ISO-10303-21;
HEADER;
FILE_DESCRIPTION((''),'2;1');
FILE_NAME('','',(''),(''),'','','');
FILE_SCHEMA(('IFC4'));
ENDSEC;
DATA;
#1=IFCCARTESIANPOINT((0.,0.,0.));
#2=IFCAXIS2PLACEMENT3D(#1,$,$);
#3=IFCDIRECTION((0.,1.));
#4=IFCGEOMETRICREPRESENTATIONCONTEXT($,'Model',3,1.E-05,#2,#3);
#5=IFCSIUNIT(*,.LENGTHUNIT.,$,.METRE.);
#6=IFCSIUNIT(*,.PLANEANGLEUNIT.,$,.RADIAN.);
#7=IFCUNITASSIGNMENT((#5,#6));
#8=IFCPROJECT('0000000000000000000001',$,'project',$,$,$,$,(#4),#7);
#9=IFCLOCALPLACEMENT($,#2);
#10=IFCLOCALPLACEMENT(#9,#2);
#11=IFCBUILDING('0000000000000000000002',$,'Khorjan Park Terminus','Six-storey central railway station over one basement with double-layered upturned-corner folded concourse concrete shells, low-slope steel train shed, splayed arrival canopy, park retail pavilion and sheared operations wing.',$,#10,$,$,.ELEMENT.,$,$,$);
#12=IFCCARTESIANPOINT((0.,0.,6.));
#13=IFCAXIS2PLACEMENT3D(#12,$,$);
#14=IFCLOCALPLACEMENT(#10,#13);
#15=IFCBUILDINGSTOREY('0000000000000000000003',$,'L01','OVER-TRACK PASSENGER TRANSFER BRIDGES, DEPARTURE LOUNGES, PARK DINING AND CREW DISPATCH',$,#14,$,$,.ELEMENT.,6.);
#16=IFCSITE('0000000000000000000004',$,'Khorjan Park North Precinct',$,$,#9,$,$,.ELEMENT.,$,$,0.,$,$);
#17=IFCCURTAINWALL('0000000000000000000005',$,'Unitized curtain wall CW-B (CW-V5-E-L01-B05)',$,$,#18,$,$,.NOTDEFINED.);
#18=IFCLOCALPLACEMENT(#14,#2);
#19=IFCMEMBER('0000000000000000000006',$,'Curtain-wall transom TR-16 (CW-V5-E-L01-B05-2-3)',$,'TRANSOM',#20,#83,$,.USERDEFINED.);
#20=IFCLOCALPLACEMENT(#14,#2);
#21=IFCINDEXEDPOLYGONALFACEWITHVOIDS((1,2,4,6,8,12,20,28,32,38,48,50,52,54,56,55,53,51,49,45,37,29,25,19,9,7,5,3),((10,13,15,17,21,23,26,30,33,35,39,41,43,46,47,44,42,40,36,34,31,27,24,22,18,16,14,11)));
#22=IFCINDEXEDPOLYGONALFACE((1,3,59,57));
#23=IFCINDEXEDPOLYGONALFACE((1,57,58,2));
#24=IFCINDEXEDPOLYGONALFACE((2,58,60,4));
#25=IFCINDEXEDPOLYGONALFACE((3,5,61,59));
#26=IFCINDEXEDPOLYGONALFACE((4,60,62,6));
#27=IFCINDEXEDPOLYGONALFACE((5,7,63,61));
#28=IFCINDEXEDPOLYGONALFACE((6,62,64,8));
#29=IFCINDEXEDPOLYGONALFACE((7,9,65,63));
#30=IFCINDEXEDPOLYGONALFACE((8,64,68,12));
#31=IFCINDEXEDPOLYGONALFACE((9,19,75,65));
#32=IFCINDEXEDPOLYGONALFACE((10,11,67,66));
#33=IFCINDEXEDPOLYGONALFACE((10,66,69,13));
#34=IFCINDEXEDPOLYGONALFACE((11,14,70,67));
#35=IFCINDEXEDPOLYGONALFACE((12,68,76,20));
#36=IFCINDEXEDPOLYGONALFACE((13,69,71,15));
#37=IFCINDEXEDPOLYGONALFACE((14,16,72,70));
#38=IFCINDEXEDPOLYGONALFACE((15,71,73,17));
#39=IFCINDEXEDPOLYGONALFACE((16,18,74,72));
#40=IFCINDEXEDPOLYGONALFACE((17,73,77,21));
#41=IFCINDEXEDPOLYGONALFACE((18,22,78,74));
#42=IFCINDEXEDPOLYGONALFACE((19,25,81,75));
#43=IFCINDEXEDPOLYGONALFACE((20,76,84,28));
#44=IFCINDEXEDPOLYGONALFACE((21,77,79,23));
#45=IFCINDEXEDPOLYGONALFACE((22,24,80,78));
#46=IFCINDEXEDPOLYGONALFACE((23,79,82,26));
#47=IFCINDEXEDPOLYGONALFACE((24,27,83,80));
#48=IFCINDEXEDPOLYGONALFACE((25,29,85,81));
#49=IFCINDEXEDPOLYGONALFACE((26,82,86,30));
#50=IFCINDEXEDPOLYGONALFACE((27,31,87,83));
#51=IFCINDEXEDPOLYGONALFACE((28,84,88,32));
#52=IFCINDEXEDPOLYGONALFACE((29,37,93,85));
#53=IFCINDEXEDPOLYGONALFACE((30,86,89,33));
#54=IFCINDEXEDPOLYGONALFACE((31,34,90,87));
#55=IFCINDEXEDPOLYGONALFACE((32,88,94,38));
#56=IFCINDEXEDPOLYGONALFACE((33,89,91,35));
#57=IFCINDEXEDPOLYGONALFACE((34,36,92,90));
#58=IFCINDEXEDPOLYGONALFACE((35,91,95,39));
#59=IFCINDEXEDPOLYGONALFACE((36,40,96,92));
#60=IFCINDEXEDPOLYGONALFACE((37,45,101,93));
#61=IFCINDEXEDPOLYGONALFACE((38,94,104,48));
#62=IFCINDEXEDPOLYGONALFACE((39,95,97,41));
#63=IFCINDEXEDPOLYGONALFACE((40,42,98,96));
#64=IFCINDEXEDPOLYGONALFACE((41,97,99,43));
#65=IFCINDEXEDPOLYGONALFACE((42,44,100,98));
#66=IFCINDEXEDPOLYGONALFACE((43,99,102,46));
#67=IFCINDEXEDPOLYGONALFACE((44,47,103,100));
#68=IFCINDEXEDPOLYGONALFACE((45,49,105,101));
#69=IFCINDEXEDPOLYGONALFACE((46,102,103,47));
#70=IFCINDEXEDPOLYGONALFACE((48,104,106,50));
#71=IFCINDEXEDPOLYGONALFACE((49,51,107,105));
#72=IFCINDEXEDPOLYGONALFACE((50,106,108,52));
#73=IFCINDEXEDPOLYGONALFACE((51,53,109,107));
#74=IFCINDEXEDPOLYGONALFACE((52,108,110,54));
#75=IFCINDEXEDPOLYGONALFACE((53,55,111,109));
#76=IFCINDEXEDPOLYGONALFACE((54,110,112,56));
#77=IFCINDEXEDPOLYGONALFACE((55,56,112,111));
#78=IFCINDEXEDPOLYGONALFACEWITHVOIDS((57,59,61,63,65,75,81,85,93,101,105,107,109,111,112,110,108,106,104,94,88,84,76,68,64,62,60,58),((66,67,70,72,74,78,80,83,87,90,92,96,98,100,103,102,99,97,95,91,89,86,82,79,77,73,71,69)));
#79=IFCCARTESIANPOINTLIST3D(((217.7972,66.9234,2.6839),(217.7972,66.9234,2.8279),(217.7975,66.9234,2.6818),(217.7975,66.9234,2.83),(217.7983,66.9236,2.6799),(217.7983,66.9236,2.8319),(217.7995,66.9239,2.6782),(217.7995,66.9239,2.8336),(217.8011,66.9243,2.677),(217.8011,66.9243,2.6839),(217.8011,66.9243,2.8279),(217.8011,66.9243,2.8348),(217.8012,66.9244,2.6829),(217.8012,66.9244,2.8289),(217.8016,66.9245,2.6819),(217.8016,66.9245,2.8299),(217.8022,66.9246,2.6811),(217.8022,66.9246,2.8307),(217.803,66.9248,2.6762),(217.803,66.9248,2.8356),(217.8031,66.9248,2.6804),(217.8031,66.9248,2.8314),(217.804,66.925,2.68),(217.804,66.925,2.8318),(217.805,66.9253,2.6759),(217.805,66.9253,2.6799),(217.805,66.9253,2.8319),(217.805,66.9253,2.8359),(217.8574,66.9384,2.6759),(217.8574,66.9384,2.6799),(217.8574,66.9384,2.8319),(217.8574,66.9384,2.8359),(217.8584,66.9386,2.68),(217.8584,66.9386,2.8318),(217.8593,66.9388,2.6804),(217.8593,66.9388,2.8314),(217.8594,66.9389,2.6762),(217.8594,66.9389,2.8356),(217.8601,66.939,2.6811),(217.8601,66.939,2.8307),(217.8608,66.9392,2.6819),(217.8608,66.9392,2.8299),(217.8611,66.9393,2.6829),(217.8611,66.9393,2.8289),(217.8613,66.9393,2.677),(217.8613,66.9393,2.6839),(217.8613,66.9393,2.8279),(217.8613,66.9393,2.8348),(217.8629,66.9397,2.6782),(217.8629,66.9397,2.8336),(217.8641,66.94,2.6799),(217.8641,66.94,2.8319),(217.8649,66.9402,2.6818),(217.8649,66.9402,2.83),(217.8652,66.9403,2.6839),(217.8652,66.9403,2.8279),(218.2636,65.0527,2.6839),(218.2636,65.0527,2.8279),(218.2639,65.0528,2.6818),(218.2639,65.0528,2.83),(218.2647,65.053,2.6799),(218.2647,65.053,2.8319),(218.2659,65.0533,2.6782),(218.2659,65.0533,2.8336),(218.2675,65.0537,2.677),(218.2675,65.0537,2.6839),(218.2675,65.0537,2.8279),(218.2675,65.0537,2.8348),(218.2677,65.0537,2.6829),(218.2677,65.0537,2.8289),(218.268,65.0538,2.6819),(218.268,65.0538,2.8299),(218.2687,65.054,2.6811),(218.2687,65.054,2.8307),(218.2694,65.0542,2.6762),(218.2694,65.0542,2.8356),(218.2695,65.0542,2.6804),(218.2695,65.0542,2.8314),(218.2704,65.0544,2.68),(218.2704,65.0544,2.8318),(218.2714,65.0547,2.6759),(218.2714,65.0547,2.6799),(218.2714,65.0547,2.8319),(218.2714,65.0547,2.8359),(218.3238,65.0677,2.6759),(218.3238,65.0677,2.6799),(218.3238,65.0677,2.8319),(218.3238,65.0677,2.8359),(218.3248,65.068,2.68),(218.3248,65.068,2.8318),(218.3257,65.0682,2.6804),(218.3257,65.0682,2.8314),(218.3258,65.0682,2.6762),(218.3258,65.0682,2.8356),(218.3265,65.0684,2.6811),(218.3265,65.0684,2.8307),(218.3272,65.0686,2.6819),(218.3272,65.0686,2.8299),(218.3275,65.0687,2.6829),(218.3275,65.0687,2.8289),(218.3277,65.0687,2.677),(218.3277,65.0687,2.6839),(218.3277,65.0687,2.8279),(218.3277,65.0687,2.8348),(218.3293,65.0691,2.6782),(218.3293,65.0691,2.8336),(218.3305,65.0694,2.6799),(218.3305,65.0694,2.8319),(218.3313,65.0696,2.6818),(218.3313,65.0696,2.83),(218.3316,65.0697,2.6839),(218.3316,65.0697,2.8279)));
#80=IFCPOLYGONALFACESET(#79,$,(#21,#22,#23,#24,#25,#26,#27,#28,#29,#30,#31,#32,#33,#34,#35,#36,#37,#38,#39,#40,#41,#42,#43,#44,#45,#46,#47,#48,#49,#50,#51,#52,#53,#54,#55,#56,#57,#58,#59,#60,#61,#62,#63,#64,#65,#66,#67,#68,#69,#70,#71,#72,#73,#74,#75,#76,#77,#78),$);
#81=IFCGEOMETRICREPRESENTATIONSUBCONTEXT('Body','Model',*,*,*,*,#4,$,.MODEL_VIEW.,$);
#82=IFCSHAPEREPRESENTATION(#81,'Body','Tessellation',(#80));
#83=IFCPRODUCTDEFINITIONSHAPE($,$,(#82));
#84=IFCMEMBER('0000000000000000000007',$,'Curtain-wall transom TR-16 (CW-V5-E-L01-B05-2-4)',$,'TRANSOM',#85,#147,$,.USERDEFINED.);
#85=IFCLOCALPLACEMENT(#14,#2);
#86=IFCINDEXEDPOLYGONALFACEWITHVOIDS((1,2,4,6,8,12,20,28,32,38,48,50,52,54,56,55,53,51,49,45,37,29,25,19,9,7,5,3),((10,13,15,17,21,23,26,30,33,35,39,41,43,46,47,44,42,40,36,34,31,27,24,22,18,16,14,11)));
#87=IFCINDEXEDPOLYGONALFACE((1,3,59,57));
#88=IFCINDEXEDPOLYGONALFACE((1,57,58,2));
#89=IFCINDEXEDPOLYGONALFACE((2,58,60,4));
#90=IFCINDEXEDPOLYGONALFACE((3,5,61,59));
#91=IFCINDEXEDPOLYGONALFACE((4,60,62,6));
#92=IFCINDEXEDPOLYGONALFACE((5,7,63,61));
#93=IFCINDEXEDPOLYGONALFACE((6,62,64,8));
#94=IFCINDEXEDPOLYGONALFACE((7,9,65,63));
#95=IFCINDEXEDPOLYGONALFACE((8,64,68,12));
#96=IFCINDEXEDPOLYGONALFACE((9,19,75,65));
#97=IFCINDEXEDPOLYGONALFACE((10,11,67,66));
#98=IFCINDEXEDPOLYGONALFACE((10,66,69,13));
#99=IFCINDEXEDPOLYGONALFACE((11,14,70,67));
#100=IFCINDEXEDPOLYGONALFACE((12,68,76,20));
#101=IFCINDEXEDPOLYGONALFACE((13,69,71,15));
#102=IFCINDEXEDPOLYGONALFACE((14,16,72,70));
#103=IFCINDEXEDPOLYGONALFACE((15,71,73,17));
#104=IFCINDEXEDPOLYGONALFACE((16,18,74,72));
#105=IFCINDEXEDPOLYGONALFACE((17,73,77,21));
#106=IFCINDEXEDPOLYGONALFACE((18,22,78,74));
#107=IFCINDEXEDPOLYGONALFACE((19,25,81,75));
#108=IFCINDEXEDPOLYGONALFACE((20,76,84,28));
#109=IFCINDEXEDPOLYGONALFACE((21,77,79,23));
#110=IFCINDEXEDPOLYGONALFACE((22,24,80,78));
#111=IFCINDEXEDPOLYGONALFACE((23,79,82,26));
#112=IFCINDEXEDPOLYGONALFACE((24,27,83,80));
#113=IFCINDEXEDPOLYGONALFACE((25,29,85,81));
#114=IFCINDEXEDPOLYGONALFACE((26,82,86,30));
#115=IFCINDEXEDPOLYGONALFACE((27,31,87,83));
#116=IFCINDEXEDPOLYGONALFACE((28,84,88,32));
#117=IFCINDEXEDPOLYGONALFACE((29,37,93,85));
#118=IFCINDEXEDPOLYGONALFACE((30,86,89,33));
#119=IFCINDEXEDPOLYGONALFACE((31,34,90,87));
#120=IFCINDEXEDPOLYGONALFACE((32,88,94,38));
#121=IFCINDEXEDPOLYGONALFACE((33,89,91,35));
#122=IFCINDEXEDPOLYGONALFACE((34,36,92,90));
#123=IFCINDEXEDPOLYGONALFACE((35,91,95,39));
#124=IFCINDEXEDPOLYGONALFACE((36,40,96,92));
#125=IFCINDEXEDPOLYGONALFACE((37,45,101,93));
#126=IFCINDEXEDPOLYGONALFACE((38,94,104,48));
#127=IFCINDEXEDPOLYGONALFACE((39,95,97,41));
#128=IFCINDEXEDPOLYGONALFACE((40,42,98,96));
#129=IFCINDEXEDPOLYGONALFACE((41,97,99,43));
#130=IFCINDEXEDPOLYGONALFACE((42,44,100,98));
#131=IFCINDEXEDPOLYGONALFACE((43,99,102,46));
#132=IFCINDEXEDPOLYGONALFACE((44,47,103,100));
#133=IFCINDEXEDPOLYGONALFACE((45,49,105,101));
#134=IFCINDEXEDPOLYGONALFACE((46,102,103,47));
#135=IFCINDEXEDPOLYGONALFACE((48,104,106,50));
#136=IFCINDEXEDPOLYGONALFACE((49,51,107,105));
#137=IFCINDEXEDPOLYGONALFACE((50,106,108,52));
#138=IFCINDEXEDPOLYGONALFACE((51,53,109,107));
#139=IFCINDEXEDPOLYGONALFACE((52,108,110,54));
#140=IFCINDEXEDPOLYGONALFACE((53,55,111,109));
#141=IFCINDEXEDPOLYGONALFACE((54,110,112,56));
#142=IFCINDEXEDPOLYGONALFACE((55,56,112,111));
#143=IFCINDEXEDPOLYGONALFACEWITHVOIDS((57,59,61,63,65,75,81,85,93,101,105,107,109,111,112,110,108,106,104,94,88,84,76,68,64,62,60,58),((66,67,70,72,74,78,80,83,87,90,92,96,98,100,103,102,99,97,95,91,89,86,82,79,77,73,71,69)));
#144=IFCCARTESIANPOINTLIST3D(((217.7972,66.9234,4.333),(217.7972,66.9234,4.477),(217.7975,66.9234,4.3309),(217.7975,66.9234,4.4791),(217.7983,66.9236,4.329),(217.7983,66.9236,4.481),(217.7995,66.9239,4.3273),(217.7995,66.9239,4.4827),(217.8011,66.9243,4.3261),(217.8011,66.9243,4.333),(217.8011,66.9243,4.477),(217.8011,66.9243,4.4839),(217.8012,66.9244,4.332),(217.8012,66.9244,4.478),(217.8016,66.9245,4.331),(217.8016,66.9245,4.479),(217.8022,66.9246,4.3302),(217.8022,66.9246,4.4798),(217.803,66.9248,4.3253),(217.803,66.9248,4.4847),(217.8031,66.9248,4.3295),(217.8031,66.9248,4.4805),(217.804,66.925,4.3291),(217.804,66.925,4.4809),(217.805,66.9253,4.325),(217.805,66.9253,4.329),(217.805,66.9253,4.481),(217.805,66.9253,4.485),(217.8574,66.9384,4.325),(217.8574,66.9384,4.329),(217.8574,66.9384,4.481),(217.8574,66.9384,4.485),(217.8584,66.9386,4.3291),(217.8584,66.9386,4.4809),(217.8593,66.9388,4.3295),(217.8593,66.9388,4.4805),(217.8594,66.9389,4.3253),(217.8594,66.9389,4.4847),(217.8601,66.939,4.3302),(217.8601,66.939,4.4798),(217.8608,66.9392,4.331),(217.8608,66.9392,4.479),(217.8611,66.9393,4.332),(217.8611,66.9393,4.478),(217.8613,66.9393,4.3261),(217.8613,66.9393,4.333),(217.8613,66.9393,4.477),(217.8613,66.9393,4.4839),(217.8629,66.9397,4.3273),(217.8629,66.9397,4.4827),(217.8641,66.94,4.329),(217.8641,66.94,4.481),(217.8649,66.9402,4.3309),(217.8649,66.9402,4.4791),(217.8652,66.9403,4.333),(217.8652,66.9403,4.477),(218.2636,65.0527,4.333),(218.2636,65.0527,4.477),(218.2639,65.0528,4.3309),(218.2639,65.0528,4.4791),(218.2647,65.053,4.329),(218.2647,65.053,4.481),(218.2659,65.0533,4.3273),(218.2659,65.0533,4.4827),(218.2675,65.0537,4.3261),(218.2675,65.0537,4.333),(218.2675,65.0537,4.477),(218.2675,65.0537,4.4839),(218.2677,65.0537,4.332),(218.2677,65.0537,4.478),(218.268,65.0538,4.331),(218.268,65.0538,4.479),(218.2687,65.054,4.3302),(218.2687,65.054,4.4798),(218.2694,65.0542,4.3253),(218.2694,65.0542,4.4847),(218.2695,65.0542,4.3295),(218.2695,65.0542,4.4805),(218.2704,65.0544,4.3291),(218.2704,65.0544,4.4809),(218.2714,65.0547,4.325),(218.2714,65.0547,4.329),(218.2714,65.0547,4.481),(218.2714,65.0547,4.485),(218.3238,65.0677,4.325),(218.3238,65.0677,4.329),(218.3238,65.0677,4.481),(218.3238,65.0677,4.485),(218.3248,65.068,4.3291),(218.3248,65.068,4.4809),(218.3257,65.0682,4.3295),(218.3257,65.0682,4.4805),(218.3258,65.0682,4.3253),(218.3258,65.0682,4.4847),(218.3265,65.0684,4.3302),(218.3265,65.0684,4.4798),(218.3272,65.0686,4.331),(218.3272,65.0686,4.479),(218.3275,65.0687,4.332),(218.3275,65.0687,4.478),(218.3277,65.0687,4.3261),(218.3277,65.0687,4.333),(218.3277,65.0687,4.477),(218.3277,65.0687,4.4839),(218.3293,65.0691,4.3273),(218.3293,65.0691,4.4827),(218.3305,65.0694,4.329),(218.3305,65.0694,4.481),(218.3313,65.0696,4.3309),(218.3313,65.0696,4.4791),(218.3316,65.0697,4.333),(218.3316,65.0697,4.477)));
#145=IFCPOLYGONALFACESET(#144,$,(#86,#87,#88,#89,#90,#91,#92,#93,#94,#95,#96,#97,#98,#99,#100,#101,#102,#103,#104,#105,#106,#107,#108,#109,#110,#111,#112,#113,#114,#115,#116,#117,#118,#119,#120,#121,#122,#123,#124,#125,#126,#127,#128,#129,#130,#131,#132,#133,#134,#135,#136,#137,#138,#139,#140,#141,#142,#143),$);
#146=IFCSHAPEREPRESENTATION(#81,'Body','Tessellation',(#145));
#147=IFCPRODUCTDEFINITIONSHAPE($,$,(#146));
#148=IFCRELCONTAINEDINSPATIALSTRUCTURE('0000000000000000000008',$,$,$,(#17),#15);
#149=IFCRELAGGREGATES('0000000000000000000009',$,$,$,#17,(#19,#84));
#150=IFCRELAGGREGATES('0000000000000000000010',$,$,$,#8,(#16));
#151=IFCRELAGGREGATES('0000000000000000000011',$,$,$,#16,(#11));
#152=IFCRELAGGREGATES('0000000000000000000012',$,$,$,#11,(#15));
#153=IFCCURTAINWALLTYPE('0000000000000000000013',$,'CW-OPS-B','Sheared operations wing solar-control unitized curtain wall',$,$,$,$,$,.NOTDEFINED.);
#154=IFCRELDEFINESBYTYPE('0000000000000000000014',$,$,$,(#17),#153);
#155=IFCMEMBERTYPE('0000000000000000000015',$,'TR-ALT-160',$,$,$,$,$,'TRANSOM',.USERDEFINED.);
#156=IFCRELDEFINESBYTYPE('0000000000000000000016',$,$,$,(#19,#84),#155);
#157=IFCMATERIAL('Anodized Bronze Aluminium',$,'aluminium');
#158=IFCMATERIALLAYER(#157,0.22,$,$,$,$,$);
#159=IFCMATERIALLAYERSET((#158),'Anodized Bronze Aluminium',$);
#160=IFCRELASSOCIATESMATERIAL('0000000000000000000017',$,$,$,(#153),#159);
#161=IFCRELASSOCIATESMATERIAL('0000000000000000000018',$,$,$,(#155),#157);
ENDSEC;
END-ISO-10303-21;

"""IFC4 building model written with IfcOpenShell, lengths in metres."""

from ifc_helpers import new_model, si_unit, direction, frame, origin, origin_2d, place, context, subcontext, project, spatial, hollow_rectangle, extrude, material, layer, layer_set, material_profile, profile_set, type_object, element, aggregate, save


model = new_model("IFC4")

# Units and contexts
model_context = context("Model", 3, precision=1e-05, world=origin(), true_north=direction((0.0, 1.0)))
body_context = subcontext(model_context, "Body", "Model", "MODEL_VIEW")
ifc_project = project(units=[si_unit("LENGTHUNIT", "METRE"), si_unit("PLANEANGLEUNIT", "RADIAN")], contexts=[model_context])

# Site, building, storey
site_placement = place(None, origin())
site = spatial("IfcSite", under=ifc_project, at=site_placement, Name="Khorjan Park North Precinct", CompositionType="ELEMENT", RefElevation=0.0)
building_placement = place(site_placement, origin())
building = spatial("IfcBuilding", under=site, at=building_placement, Name="Khorjan Park Terminus", Description="Six-storey central railway station over one basement with double-layered upturned-corner folded concourse concrete shells, low-slope steel train shed, splayed arrival canopy, park retail pavilion and sheared operations wing.", CompositionType="ELEMENT")
storey_placement = place(building_placement, frame((0.0, 0.0, 6.0)))
storey = spatial("IfcBuildingStorey", under=building, at=storey_placement, Name="L01", Description="OVER-TRACK PASSENGER TRANSFER BRIDGES, DEPARTURE LOUNGES, PARK DINING AND CREW DISPATCH", CompositionType="ELEMENT", Elevation=6.0)

# Curtain wall, members
ifc_material_1 = material(Name="Anodized Bronze Aluminium", Category="aluminium")
ifc_layer_1 = layer(ifc_material_1, 0.22)
ifc_layer_set_1 = layer_set([ifc_layer_1], Name="Anodized Bronze Aluminium")
curtain_wall_type = type_object("IfcCurtainWallType", Name="CW-OPS-B", Description="Sheared operations wing solar-control unitized curtain wall", PredefinedType="NOTDEFINED", material=ifc_layer_set_1)
curtain_wall_placement = place(storey_placement, origin())
curtain_wall = element("IfcCurtainWall", 1, at=curtain_wall_placement, inside=storey, type_object=curtain_wall_type, Name="Unitized curtain wall CW-B (CW-V5-E-L01-B05)", PredefinedType="NOTDEFINED")
ifc_material_profile_1 = material_profile(ifc_material_1, hollow_rectangle(XDim=0.07, YDim=0.16, WallThickness=0.004, InnerFilletRadius=0.004, OuterFilletRadius=0.008, at=origin_2d()), Name="ALT 70x160x4")
ifc_profile_set_1 = profile_set([ifc_material_profile_1], Name="Anodized Bronze Aluminium")
member_type_1 = type_object("IfcMemberType", Name="TR-ALT-160", ElementType="TRANSOM", PredefinedType="USERDEFINED", material=ifc_profile_set_1)
member_1_placement = place(storey_placement, frame((218.2976, 65.0612, 2.7559), z_axis=(-0.241925, 0.970295, 0.0), x_axis=(-0.970295, -0.241925, 0.0)))
member_1 = element("IfcMember", 2, at=member_1_placement, type_object=member_type_1, Name="Curtain-wall transom TR-16 (CW-V5-E-L01-B05-2-3)", ObjectType="TRANSOM", PredefinedType="USERDEFINED", context=body_context, shape_type="SweptSolid", body=[
    extrude(hollow_rectangle(XDim=0.07, YDim=0.16, WallThickness=0.004, InnerFilletRadius=0.004, OuterFilletRadius=0.008, at=origin_2d()), origin(), (0.0, 0.0, 1.0), 1.9279),
])
member_2_placement = place(storey_placement, frame((218.2976, 65.0612, 4.405), z_axis=(-0.241925, 0.970295, 0.0), x_axis=(-0.970295, -0.241925, 0.0)))
member_2 = element("IfcMember", 3, at=member_2_placement, type_object=member_type_1, Name="Curtain-wall transom TR-16 (CW-V5-E-L01-B05-2-4)", ObjectType="TRANSOM", PredefinedType="USERDEFINED", context=body_context, shape_type="SweptSolid", body=[
    extrude(hollow_rectangle(XDim=0.07, YDim=0.16, WallThickness=0.004, InnerFilletRadius=0.004, OuterFilletRadius=0.008, at=origin_2d()), origin(), (0.0, 0.0, 1.0), 1.9279),
])
aggregate(curtain_wall, [member_1, member_2])

save(model, "model.ifc")
